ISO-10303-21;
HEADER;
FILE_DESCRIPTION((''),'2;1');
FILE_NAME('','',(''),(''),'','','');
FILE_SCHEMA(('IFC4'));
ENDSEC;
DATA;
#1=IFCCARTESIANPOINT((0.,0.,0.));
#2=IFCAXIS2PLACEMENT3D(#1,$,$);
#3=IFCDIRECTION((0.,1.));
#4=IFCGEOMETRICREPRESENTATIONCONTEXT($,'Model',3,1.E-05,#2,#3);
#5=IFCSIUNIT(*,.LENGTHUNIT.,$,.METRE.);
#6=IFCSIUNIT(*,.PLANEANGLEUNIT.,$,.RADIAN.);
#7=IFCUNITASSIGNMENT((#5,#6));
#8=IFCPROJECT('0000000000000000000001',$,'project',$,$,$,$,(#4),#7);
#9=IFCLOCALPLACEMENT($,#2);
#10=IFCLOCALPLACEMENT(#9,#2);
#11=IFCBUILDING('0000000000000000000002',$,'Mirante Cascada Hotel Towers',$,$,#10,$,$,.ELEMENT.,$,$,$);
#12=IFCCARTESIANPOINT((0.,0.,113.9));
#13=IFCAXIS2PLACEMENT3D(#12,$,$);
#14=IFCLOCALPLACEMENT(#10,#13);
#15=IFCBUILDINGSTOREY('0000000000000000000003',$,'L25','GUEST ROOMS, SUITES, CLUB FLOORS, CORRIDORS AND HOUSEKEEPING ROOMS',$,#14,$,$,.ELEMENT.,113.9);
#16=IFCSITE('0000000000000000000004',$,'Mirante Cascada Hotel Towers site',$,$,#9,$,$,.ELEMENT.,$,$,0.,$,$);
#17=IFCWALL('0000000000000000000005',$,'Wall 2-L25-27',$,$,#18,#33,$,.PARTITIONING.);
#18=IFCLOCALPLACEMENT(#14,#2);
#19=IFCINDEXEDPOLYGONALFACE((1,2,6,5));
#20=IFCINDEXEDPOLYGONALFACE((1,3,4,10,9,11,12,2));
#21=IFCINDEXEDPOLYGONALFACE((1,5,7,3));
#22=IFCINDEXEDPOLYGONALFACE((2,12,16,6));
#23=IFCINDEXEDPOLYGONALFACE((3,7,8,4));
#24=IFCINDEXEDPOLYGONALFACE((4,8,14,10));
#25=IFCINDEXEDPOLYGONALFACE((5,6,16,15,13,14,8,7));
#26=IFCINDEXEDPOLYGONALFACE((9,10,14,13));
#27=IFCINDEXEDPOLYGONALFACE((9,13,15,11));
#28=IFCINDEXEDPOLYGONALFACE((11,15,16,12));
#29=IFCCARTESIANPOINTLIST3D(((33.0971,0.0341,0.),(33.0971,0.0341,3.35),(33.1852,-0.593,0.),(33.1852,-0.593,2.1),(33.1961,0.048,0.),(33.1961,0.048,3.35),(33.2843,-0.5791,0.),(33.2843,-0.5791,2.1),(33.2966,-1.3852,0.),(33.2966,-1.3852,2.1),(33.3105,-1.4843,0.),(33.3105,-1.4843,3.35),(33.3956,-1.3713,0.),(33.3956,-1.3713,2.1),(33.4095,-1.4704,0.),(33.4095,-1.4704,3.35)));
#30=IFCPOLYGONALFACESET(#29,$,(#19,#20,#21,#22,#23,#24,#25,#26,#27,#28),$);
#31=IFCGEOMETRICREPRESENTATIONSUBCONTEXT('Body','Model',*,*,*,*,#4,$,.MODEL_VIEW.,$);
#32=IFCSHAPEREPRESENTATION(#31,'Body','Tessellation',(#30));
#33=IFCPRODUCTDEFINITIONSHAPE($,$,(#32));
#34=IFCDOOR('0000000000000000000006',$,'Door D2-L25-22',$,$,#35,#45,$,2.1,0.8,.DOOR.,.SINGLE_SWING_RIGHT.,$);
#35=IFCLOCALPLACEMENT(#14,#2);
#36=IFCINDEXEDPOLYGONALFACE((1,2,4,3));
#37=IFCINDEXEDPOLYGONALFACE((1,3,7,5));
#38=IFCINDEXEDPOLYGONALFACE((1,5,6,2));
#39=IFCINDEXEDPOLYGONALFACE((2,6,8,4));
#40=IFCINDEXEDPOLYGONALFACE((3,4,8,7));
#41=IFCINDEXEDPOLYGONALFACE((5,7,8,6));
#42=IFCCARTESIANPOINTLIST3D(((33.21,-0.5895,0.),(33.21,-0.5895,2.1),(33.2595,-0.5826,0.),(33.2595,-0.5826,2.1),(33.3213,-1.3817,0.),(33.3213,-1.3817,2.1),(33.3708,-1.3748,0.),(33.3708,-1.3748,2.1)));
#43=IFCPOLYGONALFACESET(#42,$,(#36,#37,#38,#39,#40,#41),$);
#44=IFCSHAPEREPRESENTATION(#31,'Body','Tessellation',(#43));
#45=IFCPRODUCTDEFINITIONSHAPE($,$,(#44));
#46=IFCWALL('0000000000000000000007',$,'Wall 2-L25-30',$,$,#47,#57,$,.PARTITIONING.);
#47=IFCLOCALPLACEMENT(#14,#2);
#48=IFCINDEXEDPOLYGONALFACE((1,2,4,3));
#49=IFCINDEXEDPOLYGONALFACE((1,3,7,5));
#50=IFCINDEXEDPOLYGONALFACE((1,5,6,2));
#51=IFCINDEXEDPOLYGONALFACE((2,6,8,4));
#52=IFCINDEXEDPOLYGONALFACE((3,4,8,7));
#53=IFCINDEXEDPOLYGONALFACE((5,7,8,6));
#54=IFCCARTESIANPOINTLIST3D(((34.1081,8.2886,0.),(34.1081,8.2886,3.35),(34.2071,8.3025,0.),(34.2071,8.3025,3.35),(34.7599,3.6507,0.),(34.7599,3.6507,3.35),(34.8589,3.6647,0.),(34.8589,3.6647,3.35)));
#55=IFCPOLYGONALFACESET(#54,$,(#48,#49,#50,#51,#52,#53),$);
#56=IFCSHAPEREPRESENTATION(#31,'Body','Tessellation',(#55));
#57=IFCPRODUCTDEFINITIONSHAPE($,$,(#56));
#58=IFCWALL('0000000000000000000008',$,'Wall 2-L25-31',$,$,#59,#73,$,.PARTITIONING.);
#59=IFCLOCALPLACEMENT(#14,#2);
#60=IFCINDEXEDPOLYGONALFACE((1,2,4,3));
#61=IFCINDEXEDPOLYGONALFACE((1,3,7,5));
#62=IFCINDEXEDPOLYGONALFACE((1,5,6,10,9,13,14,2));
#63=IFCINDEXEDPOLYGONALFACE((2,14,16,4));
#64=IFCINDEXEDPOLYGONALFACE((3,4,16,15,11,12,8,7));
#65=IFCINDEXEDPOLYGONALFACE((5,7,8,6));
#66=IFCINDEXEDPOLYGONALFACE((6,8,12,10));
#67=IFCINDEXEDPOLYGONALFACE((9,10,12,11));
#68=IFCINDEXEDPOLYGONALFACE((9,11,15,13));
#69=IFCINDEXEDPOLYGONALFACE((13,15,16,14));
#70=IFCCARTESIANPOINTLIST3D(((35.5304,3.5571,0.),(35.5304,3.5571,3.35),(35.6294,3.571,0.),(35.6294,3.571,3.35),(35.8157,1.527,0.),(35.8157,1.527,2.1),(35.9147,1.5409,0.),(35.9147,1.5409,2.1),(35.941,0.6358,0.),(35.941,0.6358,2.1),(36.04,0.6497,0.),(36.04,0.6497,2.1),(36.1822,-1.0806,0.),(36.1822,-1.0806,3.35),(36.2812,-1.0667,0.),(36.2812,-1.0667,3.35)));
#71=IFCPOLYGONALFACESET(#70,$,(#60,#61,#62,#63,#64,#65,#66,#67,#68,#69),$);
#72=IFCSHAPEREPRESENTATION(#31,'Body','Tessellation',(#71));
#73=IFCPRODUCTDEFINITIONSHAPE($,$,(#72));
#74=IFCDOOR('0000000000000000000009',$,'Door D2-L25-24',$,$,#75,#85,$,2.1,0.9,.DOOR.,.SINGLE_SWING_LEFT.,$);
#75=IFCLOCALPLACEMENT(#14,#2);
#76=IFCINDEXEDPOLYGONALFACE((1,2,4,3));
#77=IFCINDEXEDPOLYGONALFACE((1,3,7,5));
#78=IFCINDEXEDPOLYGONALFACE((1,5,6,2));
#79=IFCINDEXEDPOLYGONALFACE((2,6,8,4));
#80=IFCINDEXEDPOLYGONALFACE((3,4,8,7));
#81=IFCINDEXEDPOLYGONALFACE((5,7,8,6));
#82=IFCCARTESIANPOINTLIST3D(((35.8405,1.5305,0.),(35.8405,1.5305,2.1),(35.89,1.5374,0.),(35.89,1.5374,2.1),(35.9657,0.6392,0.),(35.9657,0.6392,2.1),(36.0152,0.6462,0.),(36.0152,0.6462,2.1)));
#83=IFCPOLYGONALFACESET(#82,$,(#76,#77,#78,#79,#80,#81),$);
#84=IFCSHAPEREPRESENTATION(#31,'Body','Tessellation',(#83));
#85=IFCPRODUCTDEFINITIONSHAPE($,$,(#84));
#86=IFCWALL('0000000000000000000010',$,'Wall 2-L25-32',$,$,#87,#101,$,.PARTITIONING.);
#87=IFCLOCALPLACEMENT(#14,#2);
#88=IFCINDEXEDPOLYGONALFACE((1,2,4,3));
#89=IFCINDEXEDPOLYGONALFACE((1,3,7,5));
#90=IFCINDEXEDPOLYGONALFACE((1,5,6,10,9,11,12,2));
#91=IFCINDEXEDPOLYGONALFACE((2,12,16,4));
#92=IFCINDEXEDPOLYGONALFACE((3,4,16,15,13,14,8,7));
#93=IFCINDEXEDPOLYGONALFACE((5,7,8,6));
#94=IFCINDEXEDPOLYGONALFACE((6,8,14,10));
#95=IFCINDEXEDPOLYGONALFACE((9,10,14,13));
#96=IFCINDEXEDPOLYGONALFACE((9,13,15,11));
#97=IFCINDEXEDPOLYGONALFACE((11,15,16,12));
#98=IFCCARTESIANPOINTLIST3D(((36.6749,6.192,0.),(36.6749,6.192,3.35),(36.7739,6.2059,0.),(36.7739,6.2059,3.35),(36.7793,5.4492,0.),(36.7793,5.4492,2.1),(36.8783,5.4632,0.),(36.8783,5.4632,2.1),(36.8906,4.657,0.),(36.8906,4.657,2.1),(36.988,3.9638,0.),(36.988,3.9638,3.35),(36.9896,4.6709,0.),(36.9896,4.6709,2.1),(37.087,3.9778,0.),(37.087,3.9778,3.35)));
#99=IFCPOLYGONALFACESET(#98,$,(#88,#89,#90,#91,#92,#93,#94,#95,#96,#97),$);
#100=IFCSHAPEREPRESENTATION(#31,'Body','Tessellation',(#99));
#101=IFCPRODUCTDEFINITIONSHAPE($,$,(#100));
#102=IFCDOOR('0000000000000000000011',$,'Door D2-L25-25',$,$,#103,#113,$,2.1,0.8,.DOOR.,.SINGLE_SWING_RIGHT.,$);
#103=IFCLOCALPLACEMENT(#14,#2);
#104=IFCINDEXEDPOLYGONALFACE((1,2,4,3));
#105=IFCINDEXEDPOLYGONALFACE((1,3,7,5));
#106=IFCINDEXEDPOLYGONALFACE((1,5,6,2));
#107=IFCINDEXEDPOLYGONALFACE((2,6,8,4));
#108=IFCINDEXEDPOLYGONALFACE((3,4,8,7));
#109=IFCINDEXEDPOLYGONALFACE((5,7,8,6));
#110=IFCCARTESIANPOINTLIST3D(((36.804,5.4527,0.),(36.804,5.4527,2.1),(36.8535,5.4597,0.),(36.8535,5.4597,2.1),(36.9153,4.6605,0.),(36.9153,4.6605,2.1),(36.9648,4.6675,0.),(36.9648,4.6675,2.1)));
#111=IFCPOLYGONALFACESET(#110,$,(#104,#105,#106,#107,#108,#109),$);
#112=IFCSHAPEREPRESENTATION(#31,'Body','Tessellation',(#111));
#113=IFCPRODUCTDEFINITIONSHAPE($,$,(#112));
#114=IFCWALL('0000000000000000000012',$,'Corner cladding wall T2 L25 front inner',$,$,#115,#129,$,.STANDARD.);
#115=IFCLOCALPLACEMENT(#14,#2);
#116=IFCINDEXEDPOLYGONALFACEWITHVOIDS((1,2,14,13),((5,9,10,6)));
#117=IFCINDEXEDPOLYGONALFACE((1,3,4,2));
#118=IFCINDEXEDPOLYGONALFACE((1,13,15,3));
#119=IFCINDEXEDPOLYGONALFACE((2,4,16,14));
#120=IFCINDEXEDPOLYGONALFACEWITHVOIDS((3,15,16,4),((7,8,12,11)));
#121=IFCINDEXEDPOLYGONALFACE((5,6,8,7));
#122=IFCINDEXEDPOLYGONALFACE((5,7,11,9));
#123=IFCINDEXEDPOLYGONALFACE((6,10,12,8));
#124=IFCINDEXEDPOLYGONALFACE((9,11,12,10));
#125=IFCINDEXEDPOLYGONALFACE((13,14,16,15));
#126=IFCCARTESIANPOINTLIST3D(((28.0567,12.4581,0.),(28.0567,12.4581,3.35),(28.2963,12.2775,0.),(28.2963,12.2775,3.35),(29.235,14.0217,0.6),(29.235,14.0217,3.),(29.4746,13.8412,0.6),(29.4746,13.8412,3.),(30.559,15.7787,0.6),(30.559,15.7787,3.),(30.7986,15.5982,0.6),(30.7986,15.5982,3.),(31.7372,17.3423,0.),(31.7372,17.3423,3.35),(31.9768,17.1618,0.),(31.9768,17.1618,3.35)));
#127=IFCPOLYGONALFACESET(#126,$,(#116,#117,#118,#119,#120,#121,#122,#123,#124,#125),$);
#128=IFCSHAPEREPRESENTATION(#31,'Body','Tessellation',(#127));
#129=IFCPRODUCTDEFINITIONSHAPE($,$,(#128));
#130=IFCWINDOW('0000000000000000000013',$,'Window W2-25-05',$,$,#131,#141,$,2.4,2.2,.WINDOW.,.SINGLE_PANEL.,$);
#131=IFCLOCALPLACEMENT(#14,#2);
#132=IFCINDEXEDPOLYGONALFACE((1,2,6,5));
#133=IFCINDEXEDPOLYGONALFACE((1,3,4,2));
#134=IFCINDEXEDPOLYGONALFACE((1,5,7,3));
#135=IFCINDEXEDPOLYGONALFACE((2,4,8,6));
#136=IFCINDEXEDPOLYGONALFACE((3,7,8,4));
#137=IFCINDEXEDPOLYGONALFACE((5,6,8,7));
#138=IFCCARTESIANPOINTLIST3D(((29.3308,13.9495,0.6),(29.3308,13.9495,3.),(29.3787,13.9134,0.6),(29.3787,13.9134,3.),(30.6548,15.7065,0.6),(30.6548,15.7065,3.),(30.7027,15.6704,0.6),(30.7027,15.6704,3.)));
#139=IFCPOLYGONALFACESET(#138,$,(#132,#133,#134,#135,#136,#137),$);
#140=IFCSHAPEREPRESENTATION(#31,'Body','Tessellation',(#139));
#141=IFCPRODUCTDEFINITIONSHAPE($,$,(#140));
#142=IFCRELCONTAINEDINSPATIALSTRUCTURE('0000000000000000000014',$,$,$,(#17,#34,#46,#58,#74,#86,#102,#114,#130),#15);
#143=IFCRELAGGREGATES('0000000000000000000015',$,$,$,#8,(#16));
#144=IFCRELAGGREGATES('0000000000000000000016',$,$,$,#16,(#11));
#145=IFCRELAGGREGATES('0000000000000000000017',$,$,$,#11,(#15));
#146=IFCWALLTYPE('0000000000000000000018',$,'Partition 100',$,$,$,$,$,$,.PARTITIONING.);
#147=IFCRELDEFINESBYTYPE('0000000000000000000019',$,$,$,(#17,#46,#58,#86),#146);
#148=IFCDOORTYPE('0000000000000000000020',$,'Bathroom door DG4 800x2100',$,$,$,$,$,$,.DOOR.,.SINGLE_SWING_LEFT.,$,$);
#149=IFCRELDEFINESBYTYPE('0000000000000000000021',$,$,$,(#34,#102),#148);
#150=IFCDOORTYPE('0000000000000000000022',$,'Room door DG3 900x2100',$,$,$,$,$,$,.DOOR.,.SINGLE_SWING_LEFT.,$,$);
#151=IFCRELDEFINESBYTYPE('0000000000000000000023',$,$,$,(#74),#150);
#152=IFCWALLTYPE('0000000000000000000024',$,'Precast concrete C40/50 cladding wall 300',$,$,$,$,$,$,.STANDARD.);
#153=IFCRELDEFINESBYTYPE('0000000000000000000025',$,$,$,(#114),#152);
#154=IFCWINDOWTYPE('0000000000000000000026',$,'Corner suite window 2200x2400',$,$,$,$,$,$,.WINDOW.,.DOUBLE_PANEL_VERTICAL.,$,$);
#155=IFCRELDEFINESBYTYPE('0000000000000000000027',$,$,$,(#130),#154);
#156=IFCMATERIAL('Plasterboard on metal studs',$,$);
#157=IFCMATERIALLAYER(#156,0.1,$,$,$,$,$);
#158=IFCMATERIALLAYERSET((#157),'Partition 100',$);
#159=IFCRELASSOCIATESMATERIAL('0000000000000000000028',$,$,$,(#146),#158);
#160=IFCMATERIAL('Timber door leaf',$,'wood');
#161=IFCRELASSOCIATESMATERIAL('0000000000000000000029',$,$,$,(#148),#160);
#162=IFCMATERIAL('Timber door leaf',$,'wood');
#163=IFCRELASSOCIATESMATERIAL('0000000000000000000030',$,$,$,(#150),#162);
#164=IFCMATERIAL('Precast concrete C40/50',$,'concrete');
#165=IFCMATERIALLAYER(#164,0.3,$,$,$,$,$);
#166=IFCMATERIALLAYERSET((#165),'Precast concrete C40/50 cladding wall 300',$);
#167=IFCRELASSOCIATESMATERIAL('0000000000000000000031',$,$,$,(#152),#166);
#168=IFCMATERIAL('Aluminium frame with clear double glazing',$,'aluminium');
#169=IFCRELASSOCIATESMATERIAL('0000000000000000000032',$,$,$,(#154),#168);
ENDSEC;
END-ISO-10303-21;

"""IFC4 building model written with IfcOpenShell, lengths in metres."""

from ifc_helpers import new_model, si_unit, direction, frame, frame_2d, origin, place, context, subcontext, project, spatial, rectangle, extrude, material, layer, layer_set, type_object, element, fill, save


model = new_model("IFC4")

# Units and contexts
model_context = context("Model", 3, precision=1e-05, world=origin(), true_north=direction((0.0, 1.0)))
body_context = subcontext(model_context, "Body", "Model", "MODEL_VIEW")
ifc_project = project(units=[si_unit("LENGTHUNIT", "METRE"), si_unit("PLANEANGLEUNIT", "RADIAN")], contexts=[model_context])

# Site, building, storey
site_placement = place(None, origin())
site = spatial("IfcSite", under=ifc_project, at=site_placement, Name="Mirante Cascada Hotel Towers site", CompositionType="ELEMENT", RefElevation=0.0)
building_placement = place(site_placement, origin())
building = spatial("IfcBuilding", under=site, at=building_placement, Name="Mirante Cascada Hotel Towers", CompositionType="ELEMENT")
storey_placement = place(building_placement, frame((0.0, 0.0, 113.9)))
storey = spatial("IfcBuildingStorey", under=building, at=storey_placement, Name="L25", Description="GUEST ROOMS, SUITES, CLUB FLOORS, CORRIDORS AND HOUSEKEEPING ROOMS", CompositionType="ELEMENT", Elevation=113.9)

# Shared definitions
ifc_material_1 = material(Name="Plasterboard on metal studs")
ifc_layer_1 = layer(ifc_material_1, 0.1)
ifc_layer_set_1 = layer_set([ifc_layer_1], Name="Partition 100")
wall_type_1 = type_object("IfcWallType", Name="Partition 100", PredefinedType="PARTITIONING", material=ifc_layer_set_1)

# Wall, opening, door
ifc_material_2 = material(Name="Timber door leaf", Category="wood")
door_type_1 = type_object("IfcDoorType", Name="Bathroom door DG4 800x2100", OperationType="SINGLE_SWING_LEFT", PredefinedType="DOOR", material=ifc_material_2)
wall_1_placement = place(storey_placement, frame((33.1466, 0.0411, 0.0), z_axis=(0.0, 0.0, 1.0), x_axis=(0.139175, -0.990268, 0.0)))
wall_1 = element("IfcWall", 1, at=wall_1_placement, inside=storey, type_object=wall_type_1, Name="Wall 2-L25-27", PredefinedType="PARTITIONING", context=body_context, shape_type="SweptSolid", body=[
    extrude(rectangle(XDim=1.5333, YDim=0.1, at=frame_2d((0.7667, 0.0))), origin(), (0.0, 0.0, 1.0), 3.35),
])
opening_1_placement = place(wall_1_placement, frame((0.6333, 0.0, 0.0)))
opening_1 = element("IfcOpeningElement", 2, at=opening_1_placement, cuts=wall_1, PredefinedType="OPENING", context=body_context, shape_type="SweptSolid", body=[
    extrude(rectangle(XDim=0.8, YDim=2.1, at=frame_2d((0.4, 1.05))), frame((0.0, 0.05, 0.0), z_axis=(0.0, -1.0, 0.0), x_axis=(1.0, 0.0, 0.0)), (0.0, 0.0, 1.0), 0.1),
])
door_1_placement = place(opening_1_placement, frame((0.8, 0.0, 0.0), z_axis=(0.0, 0.0, 1.0), x_axis=(-1.0, 0.0, 0.0)))
door_1 = element("IfcDoor", 3, at=door_1_placement, inside=storey, type_object=door_type_1, Name="Door D2-L25-22", OperationType="SINGLE_SWING_RIGHT", OverallHeight=2.1, OverallWidth=0.8, PredefinedType="DOOR", context=body_context, shape_type="SweptSolid", body=[
    extrude(rectangle(XDim=0.8, YDim=2.1, at=frame_2d((0.4, 1.05))), frame((0.0, 0.025, 0.0), z_axis=(0.0, -1.0, 0.0), x_axis=(1.0, 0.0, 0.0)), (0.0, 0.0, 1.0), 0.05),
])
fill(opening_1, door_1)

# Wall
wall_2_placement = place(storey_placement, frame((34.8094, 3.6577, 0.0), z_axis=(0.0, 0.0, 1.0), x_axis=(-0.139173, 0.990268, 0.0)))
element("IfcWall", 4, at=wall_2_placement, inside=storey, type_object=wall_type_1, Name="Wall 2-L25-30", PredefinedType="PARTITIONING", context=body_context, shape_type="SweptSolid", body=[
    extrude(rectangle(XDim=4.6834, YDim=0.1, at=frame_2d((2.3417, 0.0))), origin(), (0.0, 0.0, 1.0), 3.35),
])

# Walls, openings, doors
wall_3_placement = place(storey_placement, frame((35.5799, 3.564, 0.0), z_axis=(0.0, 0.0, 1.0), x_axis=(0.139176, -0.990268, 0.0)))
wall_3 = element("IfcWall", 5, at=wall_3_placement, inside=storey, type_object=wall_type_1, Name="Wall 2-L25-31", PredefinedType="PARTITIONING", context=body_context, shape_type="SweptSolid", body=[
    extrude(rectangle(XDim=4.6833, YDim=0.1, at=frame_2d((2.3416, 0.0))), origin(), (0.0, 0.0, 1.0), 3.35),
])
opening_2_placement = place(wall_3_placement, frame((2.05, 0.0, 0.0)))
opening_2 = element("IfcOpeningElement", 6, at=opening_2_placement, cuts=wall_3, PredefinedType="OPENING", context=body_context, shape_type="SweptSolid", body=[
    extrude(rectangle(XDim=0.9, YDim=2.1, at=frame_2d((0.45, 1.05))), frame((0.0, 0.05, 0.0), z_axis=(0.0, -1.0, 0.0), x_axis=(1.0, 0.0, 0.0)), (0.0, 0.0, 1.0), 0.1),
])
ifc_material_3 = material(Name="Timber door leaf", Category="wood")
door_type_2 = type_object("IfcDoorType", Name="Room door DG3 900x2100", OperationType="SINGLE_SWING_LEFT", PredefinedType="DOOR", material=ifc_material_3)
door_2_placement = place(opening_2_placement, origin())
door_2 = element("IfcDoor", 7, at=door_2_placement, inside=storey, type_object=door_type_2, Name="Door D2-L25-24", OperationType="SINGLE_SWING_LEFT", OverallHeight=2.1, OverallWidth=0.9, PredefinedType="DOOR", context=body_context, shape_type="SweptSolid", body=[
    extrude(rectangle(XDim=0.9, YDim=2.1, at=frame_2d((0.45, 1.05))), frame((0.0, 0.025, 0.0), z_axis=(0.0, -1.0, 0.0), x_axis=(1.0, 0.0, 0.0)), (0.0, 0.0, 1.0), 0.05),
])
fill(opening_2, door_2)
wall_4_placement = place(storey_placement, frame((37.0375, 3.9708, 0.0), z_axis=(0.0, 0.0, 1.0), x_axis=(-0.139156, 0.990271, 0.0)))
wall_4 = element("IfcWall", 8, at=wall_4_placement, inside=storey, type_object=wall_type_1, Name="Wall 2-L25-32", PredefinedType="PARTITIONING", context=body_context, shape_type="SweptSolid", body=[
    extrude(rectangle(XDim=2.25, YDim=0.1, at=frame_2d((1.125, 0.0))), origin(), (0.0, 0.0, 1.0), 3.35),
])
opening_3_placement = place(wall_4_placement, frame((0.7, 0.0, 0.0)))
opening_3 = element("IfcOpeningElement", 9, at=opening_3_placement, cuts=wall_4, PredefinedType="OPENING", context=body_context, shape_type="SweptSolid", body=[
    extrude(rectangle(XDim=0.8, YDim=2.1, at=frame_2d((0.4, 1.05))), frame((0.0, 0.05, 0.0), z_axis=(0.0, -1.0, 0.0), x_axis=(1.0, 0.0, 0.0)), (0.0, 0.0, 1.0), 0.1),
])
door_3_placement = place(opening_3_placement, frame((0.8, 0.0, 0.0), z_axis=(0.0, 0.0, 1.0), x_axis=(-1.0, 0.0, 0.0)))
door_3 = element("IfcDoor", 10, at=door_3_placement, inside=storey, type_object=door_type_1, Name="Door D2-L25-25", OperationType="SINGLE_SWING_RIGHT", OverallHeight=2.1, OverallWidth=0.8, PredefinedType="DOOR", context=body_context, shape_type="SweptSolid", body=[
    extrude(rectangle(XDim=0.8, YDim=2.1, at=frame_2d((0.4, 1.05))), frame((0.0, 0.025, 0.0), z_axis=(0.0, -1.0, 0.0), x_axis=(1.0, 0.0, 0.0)), (0.0, 0.0, 1.0), 0.05),
])
fill(opening_3, door_3)

# Wall, opening, window
ifc_material_4 = material(Name="Precast concrete C40/50", Category="concrete")
ifc_layer_2 = layer(ifc_material_4, 0.3)
ifc_layer_set_2 = layer_set([ifc_layer_2], Name="Precast concrete C40/50 cladding wall 300")
wall_type_2 = type_object("IfcWallType", Name="Precast concrete C40/50 cladding wall 300", PredefinedType="STANDARD", material=ifc_layer_set_2)
wall_5_placement = place(storey_placement, frame((31.857, 17.252, 0.0), z_axis=(0.0, 0.0, 1.0), x_axis=(-0.601814, -0.798636, 0.0)))
wall_5 = element("IfcWall", 11, at=wall_5_placement, inside=storey, type_object=wall_type_2, Name="Corner cladding wall T2 L25 front inner", PredefinedType="STANDARD", context=body_context, shape_type="SweptSolid", body=[
    extrude(rectangle(XDim=6.1157, YDim=0.3, at=frame_2d((3.0578, 0.0))), origin(), (0.0, 0.0, 1.0), 3.35),
])
opening_4_placement = place(wall_5_placement, frame((1.9578, 0.0, 0.6)))
opening_4 = element("IfcOpeningElement", 12, at=opening_4_placement, cuts=wall_5, PredefinedType="OPENING", context=body_context, shape_type="SweptSolid", body=[
    extrude(rectangle(XDim=2.2, YDim=2.4, at=frame_2d((1.1, 1.2))), frame((0.0, 0.15, 0.0), z_axis=(0.0, -1.0, 0.0), x_axis=(1.0, 0.0, 0.0)), (0.0, 0.0, 1.0), 0.3),
])
ifc_material_5 = material(Name="Aluminium frame with clear double glazing", Category="aluminium")
window_type = type_object("IfcWindowType", Name="Corner suite window 2200x2400", PartitioningType="DOUBLE_PANEL_VERTICAL", PredefinedType="WINDOW", material=ifc_material_5)
window_placement = place(opening_4_placement, origin())
window = element("IfcWindow", 13, at=window_placement, inside=storey, type_object=window_type, Name="Window W2-25-05", OverallHeight=2.4, OverallWidth=2.2, PartitioningType="SINGLE_PANEL", PredefinedType="WINDOW", context=body_context, shape_type="SweptSolid", body=[
    extrude(rectangle(XDim=2.2, YDim=2.4, at=frame_2d((1.1, 1.2))), frame((0.0, 0.03, 0.0), z_axis=(0.0, -1.0, 0.0), x_axis=(1.0, 0.0, 0.0)), (0.0, 0.0, 1.0), 0.06),
])
fill(opening_4, window)

save(model, "model.ifc")
